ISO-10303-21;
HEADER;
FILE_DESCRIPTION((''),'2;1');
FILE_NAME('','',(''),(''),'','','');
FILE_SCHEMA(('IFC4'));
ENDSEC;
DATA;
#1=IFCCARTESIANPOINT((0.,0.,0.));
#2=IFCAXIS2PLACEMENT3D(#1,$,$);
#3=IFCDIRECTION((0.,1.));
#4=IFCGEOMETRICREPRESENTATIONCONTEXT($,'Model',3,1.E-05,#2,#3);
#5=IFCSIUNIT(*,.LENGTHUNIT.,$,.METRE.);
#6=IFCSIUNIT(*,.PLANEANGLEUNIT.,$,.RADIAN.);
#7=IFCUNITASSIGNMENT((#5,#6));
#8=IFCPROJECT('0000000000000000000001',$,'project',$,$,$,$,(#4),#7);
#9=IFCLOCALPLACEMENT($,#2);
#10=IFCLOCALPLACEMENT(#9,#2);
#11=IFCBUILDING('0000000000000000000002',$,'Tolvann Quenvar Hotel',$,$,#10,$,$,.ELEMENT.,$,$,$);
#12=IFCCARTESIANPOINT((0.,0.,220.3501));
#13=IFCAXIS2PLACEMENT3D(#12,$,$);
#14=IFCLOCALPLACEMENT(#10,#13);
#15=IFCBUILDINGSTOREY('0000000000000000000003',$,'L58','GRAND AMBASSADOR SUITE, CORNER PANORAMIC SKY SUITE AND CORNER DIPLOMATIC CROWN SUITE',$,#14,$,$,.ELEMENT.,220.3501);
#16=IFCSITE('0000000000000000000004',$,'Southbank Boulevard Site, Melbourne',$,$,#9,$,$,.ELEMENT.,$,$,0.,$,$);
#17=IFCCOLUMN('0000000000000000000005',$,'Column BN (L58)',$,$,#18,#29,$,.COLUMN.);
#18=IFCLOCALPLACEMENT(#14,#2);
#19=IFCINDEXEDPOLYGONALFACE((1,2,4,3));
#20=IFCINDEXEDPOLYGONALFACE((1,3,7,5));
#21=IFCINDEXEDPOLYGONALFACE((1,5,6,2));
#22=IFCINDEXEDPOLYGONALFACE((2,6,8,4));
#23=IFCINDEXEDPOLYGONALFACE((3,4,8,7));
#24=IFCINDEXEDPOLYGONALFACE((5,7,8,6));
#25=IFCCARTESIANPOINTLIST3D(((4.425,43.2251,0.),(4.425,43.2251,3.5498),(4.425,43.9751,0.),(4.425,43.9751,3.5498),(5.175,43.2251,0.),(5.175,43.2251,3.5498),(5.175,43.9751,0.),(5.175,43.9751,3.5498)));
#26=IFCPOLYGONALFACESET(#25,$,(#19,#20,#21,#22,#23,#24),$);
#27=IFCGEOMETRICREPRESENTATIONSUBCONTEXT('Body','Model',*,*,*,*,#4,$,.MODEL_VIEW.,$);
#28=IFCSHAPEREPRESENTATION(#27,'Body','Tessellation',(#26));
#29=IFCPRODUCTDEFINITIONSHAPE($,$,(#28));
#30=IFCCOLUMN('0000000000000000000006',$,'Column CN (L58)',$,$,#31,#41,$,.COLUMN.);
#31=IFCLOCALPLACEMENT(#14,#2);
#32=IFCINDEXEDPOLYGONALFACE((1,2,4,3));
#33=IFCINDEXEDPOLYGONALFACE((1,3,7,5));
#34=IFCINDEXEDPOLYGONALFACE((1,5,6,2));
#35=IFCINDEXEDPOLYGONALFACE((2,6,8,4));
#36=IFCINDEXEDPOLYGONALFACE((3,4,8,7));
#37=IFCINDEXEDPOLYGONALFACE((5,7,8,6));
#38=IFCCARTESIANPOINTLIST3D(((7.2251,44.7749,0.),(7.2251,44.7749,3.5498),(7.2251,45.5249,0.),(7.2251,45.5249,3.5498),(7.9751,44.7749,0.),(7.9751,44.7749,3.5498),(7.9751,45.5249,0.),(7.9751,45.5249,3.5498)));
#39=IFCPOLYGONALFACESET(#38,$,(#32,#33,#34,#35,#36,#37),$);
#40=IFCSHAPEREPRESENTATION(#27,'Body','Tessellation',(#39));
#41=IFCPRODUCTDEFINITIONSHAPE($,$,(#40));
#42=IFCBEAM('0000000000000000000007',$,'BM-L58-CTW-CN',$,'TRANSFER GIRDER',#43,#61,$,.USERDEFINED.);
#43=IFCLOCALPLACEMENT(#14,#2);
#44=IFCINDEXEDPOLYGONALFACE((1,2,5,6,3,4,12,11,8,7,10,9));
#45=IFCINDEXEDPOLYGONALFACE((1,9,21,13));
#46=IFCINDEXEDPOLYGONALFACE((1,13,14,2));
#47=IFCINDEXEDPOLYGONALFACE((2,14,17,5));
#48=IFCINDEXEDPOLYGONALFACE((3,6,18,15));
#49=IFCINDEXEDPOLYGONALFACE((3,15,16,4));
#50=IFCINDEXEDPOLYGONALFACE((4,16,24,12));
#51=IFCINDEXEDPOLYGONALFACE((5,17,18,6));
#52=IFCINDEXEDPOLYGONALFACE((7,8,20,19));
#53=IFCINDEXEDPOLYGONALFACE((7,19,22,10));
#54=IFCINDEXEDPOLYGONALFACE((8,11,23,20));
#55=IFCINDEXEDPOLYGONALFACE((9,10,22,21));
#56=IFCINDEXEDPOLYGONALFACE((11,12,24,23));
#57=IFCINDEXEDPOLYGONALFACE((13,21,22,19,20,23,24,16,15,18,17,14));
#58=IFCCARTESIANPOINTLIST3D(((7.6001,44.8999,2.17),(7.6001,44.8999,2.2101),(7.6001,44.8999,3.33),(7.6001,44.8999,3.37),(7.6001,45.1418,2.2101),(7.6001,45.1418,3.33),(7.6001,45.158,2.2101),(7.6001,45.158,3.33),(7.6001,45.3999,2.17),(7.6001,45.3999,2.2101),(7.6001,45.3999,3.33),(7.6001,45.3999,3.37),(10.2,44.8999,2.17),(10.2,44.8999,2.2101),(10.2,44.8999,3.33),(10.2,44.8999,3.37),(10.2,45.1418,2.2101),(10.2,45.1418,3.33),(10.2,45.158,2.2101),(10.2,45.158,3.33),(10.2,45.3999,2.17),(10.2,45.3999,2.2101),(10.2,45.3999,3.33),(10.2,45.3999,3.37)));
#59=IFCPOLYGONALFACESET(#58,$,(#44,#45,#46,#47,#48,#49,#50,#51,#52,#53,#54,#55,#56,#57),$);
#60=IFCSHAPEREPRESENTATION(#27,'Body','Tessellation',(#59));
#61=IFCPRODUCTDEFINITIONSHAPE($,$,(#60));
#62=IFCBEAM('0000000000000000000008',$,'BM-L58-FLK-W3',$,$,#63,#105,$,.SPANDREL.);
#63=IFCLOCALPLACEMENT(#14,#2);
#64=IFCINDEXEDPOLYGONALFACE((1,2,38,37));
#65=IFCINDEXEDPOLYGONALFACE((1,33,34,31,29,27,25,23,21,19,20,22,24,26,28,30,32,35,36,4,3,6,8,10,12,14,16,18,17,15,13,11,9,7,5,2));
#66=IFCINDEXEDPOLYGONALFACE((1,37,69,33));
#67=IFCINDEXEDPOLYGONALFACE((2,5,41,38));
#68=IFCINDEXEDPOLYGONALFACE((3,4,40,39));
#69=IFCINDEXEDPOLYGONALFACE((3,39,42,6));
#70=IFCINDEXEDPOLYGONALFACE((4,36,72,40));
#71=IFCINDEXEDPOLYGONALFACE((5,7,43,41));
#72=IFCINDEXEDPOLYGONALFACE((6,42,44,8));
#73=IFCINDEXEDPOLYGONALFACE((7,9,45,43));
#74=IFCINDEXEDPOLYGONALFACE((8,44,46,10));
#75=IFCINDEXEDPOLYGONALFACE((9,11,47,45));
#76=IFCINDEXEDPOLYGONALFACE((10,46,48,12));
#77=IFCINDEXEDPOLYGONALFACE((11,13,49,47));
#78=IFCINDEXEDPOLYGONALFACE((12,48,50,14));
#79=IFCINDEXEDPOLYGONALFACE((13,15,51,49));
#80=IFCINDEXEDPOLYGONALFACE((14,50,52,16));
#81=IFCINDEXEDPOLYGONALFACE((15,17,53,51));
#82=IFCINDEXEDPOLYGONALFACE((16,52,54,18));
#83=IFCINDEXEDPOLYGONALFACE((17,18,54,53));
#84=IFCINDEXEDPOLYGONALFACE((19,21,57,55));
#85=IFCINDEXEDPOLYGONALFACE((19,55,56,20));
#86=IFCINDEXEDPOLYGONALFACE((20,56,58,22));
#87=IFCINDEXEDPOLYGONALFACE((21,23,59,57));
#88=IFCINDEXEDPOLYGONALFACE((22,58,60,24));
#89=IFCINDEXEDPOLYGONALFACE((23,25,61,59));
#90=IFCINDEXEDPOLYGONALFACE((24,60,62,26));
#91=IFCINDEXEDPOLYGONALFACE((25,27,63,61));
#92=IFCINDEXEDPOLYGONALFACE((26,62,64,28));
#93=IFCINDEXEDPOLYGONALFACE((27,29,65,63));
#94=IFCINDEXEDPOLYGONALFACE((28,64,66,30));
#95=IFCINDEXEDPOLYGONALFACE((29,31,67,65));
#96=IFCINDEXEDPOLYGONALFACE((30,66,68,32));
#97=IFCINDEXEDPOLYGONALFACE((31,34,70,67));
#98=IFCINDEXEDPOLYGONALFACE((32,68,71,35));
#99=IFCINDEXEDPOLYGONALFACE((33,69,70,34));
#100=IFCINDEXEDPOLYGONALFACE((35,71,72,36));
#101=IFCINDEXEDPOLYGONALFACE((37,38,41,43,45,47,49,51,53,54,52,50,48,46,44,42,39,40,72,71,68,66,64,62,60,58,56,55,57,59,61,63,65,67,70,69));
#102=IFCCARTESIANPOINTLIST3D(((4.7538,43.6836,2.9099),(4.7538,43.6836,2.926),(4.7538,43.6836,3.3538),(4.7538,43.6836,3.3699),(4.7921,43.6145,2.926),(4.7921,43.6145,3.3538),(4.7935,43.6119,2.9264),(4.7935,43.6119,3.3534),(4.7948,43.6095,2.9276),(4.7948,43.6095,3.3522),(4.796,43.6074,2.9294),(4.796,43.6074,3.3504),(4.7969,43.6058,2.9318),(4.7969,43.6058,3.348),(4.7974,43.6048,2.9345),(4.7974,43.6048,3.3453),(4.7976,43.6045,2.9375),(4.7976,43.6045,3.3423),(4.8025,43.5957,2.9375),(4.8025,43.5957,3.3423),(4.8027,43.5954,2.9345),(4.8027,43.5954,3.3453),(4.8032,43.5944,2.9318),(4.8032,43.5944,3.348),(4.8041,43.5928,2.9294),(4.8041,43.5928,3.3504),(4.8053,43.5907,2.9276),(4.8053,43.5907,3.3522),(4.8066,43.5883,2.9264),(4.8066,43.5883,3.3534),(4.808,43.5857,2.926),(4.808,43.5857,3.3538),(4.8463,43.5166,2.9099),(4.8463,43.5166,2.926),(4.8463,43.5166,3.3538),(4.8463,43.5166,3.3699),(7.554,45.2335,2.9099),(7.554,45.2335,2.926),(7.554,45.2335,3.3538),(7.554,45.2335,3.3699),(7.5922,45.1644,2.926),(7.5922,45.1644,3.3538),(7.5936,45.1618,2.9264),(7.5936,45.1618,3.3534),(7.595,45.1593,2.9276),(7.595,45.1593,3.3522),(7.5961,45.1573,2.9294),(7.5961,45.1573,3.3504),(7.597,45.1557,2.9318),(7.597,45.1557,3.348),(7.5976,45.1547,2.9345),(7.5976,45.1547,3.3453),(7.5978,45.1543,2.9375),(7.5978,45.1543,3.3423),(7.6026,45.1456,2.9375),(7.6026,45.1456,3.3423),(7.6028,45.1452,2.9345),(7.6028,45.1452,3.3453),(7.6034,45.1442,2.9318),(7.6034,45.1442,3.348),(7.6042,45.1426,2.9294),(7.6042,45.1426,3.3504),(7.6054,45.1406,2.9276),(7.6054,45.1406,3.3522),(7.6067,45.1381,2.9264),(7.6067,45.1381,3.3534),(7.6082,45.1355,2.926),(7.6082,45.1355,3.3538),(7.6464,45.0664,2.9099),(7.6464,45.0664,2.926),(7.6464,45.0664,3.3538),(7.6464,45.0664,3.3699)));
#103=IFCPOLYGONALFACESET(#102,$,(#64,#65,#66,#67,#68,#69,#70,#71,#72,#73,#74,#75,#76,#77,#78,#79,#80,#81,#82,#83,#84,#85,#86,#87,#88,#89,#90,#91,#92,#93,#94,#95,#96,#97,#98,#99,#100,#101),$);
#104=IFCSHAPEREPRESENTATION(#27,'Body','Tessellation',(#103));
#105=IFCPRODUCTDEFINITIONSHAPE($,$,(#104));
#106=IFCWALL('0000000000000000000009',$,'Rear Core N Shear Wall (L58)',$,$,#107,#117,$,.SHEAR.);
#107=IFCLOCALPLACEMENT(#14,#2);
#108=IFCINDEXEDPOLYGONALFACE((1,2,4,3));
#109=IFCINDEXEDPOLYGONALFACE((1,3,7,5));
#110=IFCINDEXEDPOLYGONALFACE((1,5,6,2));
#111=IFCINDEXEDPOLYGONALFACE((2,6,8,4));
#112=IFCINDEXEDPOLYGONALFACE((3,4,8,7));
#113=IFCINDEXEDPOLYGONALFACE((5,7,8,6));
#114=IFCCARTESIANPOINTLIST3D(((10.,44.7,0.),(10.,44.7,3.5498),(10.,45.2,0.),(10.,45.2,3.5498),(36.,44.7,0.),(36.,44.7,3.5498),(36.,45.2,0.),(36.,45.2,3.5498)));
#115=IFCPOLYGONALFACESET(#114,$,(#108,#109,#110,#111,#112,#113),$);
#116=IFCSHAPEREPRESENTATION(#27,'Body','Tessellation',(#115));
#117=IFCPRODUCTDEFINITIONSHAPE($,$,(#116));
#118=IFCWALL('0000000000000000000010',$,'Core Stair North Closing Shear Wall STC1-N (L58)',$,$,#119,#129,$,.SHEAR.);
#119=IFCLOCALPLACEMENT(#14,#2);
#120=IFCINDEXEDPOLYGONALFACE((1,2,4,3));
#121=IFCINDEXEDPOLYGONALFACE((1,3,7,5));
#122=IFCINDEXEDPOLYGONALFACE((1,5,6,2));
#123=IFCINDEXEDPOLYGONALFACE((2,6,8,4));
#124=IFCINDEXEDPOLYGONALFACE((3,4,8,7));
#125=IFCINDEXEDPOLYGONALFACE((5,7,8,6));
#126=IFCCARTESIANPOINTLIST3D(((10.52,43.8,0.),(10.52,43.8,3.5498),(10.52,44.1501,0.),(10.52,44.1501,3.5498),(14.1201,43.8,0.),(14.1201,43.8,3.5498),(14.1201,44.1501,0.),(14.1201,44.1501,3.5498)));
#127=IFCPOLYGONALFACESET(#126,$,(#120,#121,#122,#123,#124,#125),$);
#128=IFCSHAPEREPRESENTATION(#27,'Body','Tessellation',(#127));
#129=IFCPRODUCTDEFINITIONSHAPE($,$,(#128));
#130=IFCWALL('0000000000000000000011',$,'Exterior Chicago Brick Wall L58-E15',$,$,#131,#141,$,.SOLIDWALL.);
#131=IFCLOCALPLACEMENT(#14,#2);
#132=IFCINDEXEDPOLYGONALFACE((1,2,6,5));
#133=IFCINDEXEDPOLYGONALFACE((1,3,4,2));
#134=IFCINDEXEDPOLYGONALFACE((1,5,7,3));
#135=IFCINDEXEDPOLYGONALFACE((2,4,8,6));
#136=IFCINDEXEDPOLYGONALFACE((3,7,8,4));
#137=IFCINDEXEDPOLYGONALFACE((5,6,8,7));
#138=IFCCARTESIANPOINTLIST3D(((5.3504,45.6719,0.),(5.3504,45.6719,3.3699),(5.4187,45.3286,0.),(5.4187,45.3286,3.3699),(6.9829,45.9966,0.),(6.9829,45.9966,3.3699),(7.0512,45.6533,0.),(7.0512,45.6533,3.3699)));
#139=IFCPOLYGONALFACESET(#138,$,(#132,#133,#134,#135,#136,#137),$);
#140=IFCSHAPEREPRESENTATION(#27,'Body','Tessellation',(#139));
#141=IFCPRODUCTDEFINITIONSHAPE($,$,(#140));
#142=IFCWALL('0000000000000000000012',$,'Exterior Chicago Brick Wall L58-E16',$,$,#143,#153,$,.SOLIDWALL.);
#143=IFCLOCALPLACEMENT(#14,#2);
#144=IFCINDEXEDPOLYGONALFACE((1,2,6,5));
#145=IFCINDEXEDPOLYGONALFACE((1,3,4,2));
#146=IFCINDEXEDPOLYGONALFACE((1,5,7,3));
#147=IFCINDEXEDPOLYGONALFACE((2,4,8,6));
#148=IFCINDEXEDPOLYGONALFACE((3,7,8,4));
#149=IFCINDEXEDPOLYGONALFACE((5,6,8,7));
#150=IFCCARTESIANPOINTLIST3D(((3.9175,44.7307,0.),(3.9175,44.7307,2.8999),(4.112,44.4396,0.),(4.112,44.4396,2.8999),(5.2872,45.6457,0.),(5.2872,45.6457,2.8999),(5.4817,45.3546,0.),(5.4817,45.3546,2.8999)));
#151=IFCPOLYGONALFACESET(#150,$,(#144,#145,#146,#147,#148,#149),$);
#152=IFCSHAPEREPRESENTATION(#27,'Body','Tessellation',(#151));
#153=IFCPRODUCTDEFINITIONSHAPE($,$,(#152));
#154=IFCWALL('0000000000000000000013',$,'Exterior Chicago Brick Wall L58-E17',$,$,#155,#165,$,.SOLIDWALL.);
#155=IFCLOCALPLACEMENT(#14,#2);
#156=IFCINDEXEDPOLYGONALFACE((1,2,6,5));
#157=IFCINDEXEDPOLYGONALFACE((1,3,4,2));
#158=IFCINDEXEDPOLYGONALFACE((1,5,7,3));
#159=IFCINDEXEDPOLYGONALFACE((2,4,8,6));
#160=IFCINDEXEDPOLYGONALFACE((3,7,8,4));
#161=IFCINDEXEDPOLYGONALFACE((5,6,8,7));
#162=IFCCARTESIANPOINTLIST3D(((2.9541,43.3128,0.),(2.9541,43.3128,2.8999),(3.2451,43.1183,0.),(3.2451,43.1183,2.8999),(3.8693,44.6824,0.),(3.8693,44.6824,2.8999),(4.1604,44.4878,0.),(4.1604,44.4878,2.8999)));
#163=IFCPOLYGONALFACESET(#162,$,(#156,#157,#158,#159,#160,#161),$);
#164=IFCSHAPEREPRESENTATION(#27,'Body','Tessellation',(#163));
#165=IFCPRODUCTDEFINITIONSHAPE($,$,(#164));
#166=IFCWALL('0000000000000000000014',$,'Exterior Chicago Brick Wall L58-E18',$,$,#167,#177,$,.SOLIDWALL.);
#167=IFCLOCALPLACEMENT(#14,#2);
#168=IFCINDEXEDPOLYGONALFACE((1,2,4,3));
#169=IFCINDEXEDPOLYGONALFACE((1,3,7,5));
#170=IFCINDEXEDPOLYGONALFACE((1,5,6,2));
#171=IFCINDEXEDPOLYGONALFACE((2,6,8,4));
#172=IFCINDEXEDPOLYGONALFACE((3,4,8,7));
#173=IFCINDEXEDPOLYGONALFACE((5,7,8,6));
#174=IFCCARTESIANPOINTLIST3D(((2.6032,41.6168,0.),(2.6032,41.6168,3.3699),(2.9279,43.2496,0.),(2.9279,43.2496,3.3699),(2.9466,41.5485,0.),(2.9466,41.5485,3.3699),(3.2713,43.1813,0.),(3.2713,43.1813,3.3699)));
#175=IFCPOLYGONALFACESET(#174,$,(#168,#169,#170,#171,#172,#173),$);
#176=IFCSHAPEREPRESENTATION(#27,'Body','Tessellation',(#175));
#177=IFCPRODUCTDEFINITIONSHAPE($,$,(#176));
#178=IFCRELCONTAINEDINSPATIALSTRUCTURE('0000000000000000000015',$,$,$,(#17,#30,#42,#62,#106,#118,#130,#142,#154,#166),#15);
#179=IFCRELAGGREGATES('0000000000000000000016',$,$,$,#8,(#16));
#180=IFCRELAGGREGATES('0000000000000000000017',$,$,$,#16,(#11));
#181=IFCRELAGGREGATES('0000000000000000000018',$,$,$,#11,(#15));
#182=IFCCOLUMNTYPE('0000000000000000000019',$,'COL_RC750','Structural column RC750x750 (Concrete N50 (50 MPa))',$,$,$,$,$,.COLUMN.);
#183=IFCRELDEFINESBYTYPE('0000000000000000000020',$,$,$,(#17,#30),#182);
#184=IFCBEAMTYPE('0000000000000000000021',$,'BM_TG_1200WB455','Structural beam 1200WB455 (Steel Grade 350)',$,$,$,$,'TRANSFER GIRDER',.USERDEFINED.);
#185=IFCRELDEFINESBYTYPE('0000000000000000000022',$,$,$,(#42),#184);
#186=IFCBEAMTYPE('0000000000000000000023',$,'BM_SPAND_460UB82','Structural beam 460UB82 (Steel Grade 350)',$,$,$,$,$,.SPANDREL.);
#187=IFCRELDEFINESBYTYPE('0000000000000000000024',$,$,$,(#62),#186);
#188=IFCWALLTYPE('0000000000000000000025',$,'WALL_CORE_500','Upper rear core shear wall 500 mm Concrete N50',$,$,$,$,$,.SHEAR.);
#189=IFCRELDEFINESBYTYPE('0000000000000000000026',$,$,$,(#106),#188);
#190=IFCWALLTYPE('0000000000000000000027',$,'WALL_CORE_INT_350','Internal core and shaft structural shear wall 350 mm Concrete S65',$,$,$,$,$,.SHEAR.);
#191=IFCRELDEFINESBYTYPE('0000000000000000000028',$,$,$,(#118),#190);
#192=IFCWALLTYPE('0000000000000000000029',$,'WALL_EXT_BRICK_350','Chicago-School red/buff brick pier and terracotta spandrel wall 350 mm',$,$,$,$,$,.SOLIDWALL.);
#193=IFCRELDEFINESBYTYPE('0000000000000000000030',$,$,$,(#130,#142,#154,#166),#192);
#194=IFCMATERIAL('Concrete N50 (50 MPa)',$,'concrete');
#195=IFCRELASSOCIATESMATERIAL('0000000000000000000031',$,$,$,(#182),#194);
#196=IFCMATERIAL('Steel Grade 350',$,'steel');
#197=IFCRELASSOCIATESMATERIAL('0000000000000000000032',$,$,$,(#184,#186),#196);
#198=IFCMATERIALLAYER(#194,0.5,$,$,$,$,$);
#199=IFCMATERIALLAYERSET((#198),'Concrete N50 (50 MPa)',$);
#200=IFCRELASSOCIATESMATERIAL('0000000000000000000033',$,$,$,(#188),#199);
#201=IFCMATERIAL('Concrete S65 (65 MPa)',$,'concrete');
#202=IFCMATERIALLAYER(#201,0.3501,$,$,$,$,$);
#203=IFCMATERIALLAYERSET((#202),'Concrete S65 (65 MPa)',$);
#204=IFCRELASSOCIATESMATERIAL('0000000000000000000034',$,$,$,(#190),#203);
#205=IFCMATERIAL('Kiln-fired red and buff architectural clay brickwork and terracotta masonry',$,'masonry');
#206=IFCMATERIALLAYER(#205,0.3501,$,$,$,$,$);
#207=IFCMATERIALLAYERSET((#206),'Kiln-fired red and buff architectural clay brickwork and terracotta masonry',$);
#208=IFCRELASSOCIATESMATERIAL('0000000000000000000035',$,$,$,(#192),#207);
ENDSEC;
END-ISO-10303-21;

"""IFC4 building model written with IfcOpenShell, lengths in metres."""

from ifc_helpers import new_model, si_unit, direction, frame, frame_2d, origin, origin_2d, place, context, subcontext, project, spatial, rectangle, i_section, extrude, source, transform, mapped, material, layer, layer_set, material_profile, profile_set, type_object, type_shapes, element, save


model = new_model("IFC4")

# Units and contexts
model_context = context("Model", 3, precision=1e-05, world=origin(), true_north=direction((0.0, 1.0)))
body_context = subcontext(model_context, "Body", "Model", "MODEL_VIEW")
ifc_project = project(units=[si_unit("LENGTHUNIT", "METRE"), si_unit("PLANEANGLEUNIT", "RADIAN")], contexts=[model_context])

# Site, building, storey
site_placement = place(None, origin())
site = spatial("IfcSite", under=ifc_project, at=site_placement, Name="Southbank Boulevard Site, Melbourne", CompositionType="ELEMENT", RefElevation=0.0)
building_placement = place(site_placement, origin())
building = spatial("IfcBuilding", under=site, at=building_placement, Name="Tolvann Quenvar Hotel", CompositionType="ELEMENT")
storey_placement = place(building_placement, frame((0.0, 0.0, 220.3501)))
storey = spatial("IfcBuildingStorey", under=building, at=storey_placement, Name="L58", Description="GRAND AMBASSADOR SUITE, CORNER PANORAMIC SKY SUITE AND CORNER DIPLOMATIC CROWN SUITE", CompositionType="ELEMENT", Elevation=220.3501)

# Columns
ifc_material_1 = material(Name="Concrete N50 (50 MPa)", Category="concrete")
ifc_material_profile_1 = material_profile(ifc_material_1, rectangle(XDim=0.75, YDim=0.75, at=origin_2d()), Name="RC750x750")
ifc_profile_set_1 = profile_set([ifc_material_profile_1], Name="Concrete N50 (50 MPa)")
column_type = type_object("IfcColumnType", Name="COL_RC750", Description="Structural column RC750x750 (Concrete N50 (50 MPa))", PredefinedType="COLUMN", material=ifc_profile_set_1)
shared_shape_1 = source(origin(), body_context, "Body", "SweptSolid", [
    extrude(rectangle(XDim=0.75, YDim=0.75, at=origin_2d()), origin(), (0.0, 0.0, 1.0), 3.5498),
])
type_shapes(column_type, [shared_shape_1])
for number, where, z_axis, x_axis, name in (
    (1, (4.8, 43.6001, 0.0), (0.0, 0.0, 1.0), (1.0, 0.0, 0.0), "Column BN (L58)"),
    (2, (7.6001, 45.1499, 0.0), (0.0, 0.0, 1.0), (1.0, 0.0, 0.0), "Column CN (L58)"),
):
    element("IfcColumn", number, at=place(storey_placement, frame(where, z_axis=z_axis, x_axis=x_axis)), inside=storey, type_object=column_type, Name=name, PredefinedType="COLUMN", context=body_context, shape_type="MappedRepresentation", body=[
        mapped(shared_shape_1, transform((0.0, 0.0, 0.0), x_axis=(1.0, 0.0, 0.0), y_axis=(0.0, 1.0, 0.0), z_axis=(0.0, 0.0, 1.0), scale=1.0)),
    ])

# Beams
ifc_material_2 = material(Name="Steel Grade 350", Category="steel")
ifc_material_profile_2 = material_profile(ifc_material_2, i_section(OverallWidth=0.5, OverallDepth=1.2, WebThickness=0.0161, FlangeThickness=0.04, at=origin_2d()), Name="1200WB455")
ifc_profile_set_2 = profile_set([ifc_material_profile_2], Name="Steel Grade 350")
beam_type_1 = type_object("IfcBeamType", Name="BM_TG_1200WB455", Description="Structural beam 1200WB455 (Steel Grade 350)", ElementType="TRANSFER GIRDER", PredefinedType="USERDEFINED", material=ifc_profile_set_2)
shared_shape_2 = source(origin(), body_context, "Body", "SweptSolid", [
    extrude(i_section(OverallWidth=0.5, OverallDepth=1.2, WebThickness=0.0161, FlangeThickness=0.04, at=origin_2d()), origin(), (0.0, 0.0, 1.0), 2.5999),
])
type_shapes(beam_type_1, [shared_shape_2])
beam_1_placement = place(storey_placement, frame((7.6001, 45.1499, 2.77), z_axis=(1.0, 0.0, 0.0), x_axis=(0.0, 1.0, 0.0)))
element("IfcBeam", 3, at=beam_1_placement, inside=storey, type_object=beam_type_1, Name="BM-L58-CTW-CN", ObjectType="TRANSFER GIRDER", PredefinedType="USERDEFINED", context=body_context, shape_type="MappedRepresentation", body=[
    mapped(shared_shape_2, transform((0.0, 0.0, 0.0), x_axis=(1.0, 0.0, 0.0), y_axis=(0.0, 1.0, 0.0), z_axis=(0.0, 0.0, 1.0), scale=1.0)),
])
ifc_material_profile_3 = material_profile(ifc_material_2, i_section(OverallWidth=0.1909, OverallDepth=0.46, WebThickness=0.01, FlangeThickness=0.0161, FilletRadius=0.0115, at=origin_2d()), Name="460UB82")
ifc_profile_set_3 = profile_set([ifc_material_profile_3], Name="Steel Grade 350")
beam_type_2 = type_object("IfcBeamType", Name="BM_SPAND_460UB82", Description="Structural beam 460UB82 (Steel Grade 350)", PredefinedType="SPANDREL", material=ifc_profile_set_3)
shared_shape_3 = source(origin(), body_context, "Body", "SweptSolid", [
    extrude(i_section(OverallWidth=0.1909, OverallDepth=0.46, WebThickness=0.01, FlangeThickness=0.0161, FilletRadius=0.0115, at=origin_2d()), origin(), (0.0, 0.0, 1.0), 3.2004),
])
type_shapes(beam_type_2, [shared_shape_3])
beam_2_placement = place(storey_placement, frame((4.8, 43.6001, 3.1399), z_axis=(0.874923, 0.484263, 0.0), x_axis=(-0.484263, 0.874923, 0.0)))
element("IfcBeam", 4, at=beam_2_placement, inside=storey, type_object=beam_type_2, Name="BM-L58-FLK-W3", PredefinedType="SPANDREL", context=body_context, shape_type="MappedRepresentation", body=[
    mapped(shared_shape_3, transform((0.0, 0.0, 0.0), x_axis=(1.0, 0.0, 0.0), y_axis=(0.0, 1.0, 0.0), z_axis=(0.0, 0.0, 1.0), scale=1.0)),
])

# Walls
ifc_layer_1 = layer(ifc_material_1, 0.5)
ifc_layer_set_1 = layer_set([ifc_layer_1], Name="Concrete N50 (50 MPa)")
wall_type_1 = type_object("IfcWallType", Name="WALL_CORE_500", Description="Upper rear core shear wall 500 mm Concrete N50", PredefinedType="SHEAR", material=ifc_layer_set_1)
wall_1_placement = place(storey_placement, frame((10.0, 44.95, 0.0), z_axis=(0.0, 0.0, 1.0), x_axis=(1.0, 0.0, 0.0)))
element("IfcWall", 5, at=wall_1_placement, inside=storey, type_object=wall_type_1, Name="Rear Core N Shear Wall (L58)", PredefinedType="SHEAR", context=body_context, shape_type="SweptSolid", body=[
    extrude(rectangle(XDim=26.0, YDim=0.5, at=frame_2d((13.0, 0.0))), origin(), (0.0, 0.0, 1.0), 3.5498),
])
ifc_material_3 = material(Name="Concrete S65 (65 MPa)", Category="concrete")
ifc_layer_2 = layer(ifc_material_3, 0.3501)
ifc_layer_set_2 = layer_set([ifc_layer_2], Name="Concrete S65 (65 MPa)")
wall_type_2 = type_object("IfcWallType", Name="WALL_CORE_INT_350", Description="Internal core and shaft structural shear wall 350 mm Concrete S65", PredefinedType="SHEAR", material=ifc_layer_set_2)
wall_2_placement = place(storey_placement, frame((10.52, 43.9751, 0.0), z_axis=(0.0, 0.0, 1.0), x_axis=(1.0, 0.0, 0.0)))
element("IfcWall", 6, at=wall_2_placement, inside=storey, type_object=wall_type_2, Name="Core Stair North Closing Shear Wall STC1-N (L58)", PredefinedType="SHEAR", context=body_context, shape_type="SweptSolid", body=[
    extrude(rectangle(XDim=3.6001, YDim=0.3501, at=frame_2d((1.8, 0.0))), origin(), (0.0, 0.0, 1.0), 3.5498),
])
ifc_material_4 = material(Name="Kiln-fired red and buff architectural clay brickwork and terracotta masonry", Category="masonry")
ifc_layer_3 = layer(ifc_material_4, 0.3501)
ifc_layer_set_3 = layer_set([ifc_layer_3], Name="Kiln-fired red and buff architectural clay brickwork and terracotta masonry")
wall_type_3 = type_object("IfcWallType", Name="WALL_EXT_BRICK_350", Description="Chicago-School red/buff brick pier and terracotta spandrel wall 350 mm", PredefinedType="SOLIDWALL", material=ifc_layer_set_3)
wall_3_placement = place(storey_placement, frame((7.0171, 45.825, 0.0), z_axis=(0.0, 0.0, 1.0), x_axis=(-0.980789, -0.195072, 0.0)))
element("IfcWall", 7, at=wall_3_placement, inside=storey, type_object=wall_type_3, Name="Exterior Chicago Brick Wall L58-E15", PredefinedType="SOLIDWALL", context=body_context, shape_type="SweptSolid", body=[
    extrude(rectangle(XDim=1.6646, YDim=0.3501, at=frame_2d((0.8323, 0.0))), origin(), (0.0, 0.0, 1.0), 3.3699),
])
for number, where, z_axis, x_axis, name in (
    (8, (5.3845, 45.5002, 0.0), (0.0, 0.0, 1.0), (-0.831503, -0.555521, 0.0), "Exterior Chicago Brick Wall L58-E16"),
    (9, (4.0149, 44.5852, 0.0), (0.0, 0.0, 1.0), (-0.555623, -0.831434, 0.0), "Exterior Chicago Brick Wall L58-E17"),
):
    element("IfcWall", number, at=place(storey_placement, frame(where, z_axis=z_axis, x_axis=x_axis)), inside=storey, type_object=wall_type_3, Name=name, PredefinedType="SOLIDWALL", context=body_context, shape_type="SweptSolid", body=[
        extrude(rectangle(XDim=1.6472, YDim=0.3501, at=frame_2d((0.8237, 0.0))), origin(), (0.0, 0.0, 1.0), 2.8999),
    ])
wall_4_placement = place(storey_placement, frame((3.0996, 43.2156, 0.0), z_axis=(0.0, 0.0, 1.0), x_axis=(-0.195044, -0.980794, 0.0)))
element("IfcWall", 10, at=wall_4_placement, inside=storey, type_object=wall_type_3, Name="Exterior Chicago Brick Wall L58-E18", PredefinedType="SOLIDWALL", context=body_context, shape_type="SweptSolid", body=[
    extrude(rectangle(XDim=1.6648, YDim=0.3501, at=frame_2d((0.8325, 0.0))), origin(), (0.0, 0.0, 1.0), 3.3699),
])

save(model, "model.ifc")
